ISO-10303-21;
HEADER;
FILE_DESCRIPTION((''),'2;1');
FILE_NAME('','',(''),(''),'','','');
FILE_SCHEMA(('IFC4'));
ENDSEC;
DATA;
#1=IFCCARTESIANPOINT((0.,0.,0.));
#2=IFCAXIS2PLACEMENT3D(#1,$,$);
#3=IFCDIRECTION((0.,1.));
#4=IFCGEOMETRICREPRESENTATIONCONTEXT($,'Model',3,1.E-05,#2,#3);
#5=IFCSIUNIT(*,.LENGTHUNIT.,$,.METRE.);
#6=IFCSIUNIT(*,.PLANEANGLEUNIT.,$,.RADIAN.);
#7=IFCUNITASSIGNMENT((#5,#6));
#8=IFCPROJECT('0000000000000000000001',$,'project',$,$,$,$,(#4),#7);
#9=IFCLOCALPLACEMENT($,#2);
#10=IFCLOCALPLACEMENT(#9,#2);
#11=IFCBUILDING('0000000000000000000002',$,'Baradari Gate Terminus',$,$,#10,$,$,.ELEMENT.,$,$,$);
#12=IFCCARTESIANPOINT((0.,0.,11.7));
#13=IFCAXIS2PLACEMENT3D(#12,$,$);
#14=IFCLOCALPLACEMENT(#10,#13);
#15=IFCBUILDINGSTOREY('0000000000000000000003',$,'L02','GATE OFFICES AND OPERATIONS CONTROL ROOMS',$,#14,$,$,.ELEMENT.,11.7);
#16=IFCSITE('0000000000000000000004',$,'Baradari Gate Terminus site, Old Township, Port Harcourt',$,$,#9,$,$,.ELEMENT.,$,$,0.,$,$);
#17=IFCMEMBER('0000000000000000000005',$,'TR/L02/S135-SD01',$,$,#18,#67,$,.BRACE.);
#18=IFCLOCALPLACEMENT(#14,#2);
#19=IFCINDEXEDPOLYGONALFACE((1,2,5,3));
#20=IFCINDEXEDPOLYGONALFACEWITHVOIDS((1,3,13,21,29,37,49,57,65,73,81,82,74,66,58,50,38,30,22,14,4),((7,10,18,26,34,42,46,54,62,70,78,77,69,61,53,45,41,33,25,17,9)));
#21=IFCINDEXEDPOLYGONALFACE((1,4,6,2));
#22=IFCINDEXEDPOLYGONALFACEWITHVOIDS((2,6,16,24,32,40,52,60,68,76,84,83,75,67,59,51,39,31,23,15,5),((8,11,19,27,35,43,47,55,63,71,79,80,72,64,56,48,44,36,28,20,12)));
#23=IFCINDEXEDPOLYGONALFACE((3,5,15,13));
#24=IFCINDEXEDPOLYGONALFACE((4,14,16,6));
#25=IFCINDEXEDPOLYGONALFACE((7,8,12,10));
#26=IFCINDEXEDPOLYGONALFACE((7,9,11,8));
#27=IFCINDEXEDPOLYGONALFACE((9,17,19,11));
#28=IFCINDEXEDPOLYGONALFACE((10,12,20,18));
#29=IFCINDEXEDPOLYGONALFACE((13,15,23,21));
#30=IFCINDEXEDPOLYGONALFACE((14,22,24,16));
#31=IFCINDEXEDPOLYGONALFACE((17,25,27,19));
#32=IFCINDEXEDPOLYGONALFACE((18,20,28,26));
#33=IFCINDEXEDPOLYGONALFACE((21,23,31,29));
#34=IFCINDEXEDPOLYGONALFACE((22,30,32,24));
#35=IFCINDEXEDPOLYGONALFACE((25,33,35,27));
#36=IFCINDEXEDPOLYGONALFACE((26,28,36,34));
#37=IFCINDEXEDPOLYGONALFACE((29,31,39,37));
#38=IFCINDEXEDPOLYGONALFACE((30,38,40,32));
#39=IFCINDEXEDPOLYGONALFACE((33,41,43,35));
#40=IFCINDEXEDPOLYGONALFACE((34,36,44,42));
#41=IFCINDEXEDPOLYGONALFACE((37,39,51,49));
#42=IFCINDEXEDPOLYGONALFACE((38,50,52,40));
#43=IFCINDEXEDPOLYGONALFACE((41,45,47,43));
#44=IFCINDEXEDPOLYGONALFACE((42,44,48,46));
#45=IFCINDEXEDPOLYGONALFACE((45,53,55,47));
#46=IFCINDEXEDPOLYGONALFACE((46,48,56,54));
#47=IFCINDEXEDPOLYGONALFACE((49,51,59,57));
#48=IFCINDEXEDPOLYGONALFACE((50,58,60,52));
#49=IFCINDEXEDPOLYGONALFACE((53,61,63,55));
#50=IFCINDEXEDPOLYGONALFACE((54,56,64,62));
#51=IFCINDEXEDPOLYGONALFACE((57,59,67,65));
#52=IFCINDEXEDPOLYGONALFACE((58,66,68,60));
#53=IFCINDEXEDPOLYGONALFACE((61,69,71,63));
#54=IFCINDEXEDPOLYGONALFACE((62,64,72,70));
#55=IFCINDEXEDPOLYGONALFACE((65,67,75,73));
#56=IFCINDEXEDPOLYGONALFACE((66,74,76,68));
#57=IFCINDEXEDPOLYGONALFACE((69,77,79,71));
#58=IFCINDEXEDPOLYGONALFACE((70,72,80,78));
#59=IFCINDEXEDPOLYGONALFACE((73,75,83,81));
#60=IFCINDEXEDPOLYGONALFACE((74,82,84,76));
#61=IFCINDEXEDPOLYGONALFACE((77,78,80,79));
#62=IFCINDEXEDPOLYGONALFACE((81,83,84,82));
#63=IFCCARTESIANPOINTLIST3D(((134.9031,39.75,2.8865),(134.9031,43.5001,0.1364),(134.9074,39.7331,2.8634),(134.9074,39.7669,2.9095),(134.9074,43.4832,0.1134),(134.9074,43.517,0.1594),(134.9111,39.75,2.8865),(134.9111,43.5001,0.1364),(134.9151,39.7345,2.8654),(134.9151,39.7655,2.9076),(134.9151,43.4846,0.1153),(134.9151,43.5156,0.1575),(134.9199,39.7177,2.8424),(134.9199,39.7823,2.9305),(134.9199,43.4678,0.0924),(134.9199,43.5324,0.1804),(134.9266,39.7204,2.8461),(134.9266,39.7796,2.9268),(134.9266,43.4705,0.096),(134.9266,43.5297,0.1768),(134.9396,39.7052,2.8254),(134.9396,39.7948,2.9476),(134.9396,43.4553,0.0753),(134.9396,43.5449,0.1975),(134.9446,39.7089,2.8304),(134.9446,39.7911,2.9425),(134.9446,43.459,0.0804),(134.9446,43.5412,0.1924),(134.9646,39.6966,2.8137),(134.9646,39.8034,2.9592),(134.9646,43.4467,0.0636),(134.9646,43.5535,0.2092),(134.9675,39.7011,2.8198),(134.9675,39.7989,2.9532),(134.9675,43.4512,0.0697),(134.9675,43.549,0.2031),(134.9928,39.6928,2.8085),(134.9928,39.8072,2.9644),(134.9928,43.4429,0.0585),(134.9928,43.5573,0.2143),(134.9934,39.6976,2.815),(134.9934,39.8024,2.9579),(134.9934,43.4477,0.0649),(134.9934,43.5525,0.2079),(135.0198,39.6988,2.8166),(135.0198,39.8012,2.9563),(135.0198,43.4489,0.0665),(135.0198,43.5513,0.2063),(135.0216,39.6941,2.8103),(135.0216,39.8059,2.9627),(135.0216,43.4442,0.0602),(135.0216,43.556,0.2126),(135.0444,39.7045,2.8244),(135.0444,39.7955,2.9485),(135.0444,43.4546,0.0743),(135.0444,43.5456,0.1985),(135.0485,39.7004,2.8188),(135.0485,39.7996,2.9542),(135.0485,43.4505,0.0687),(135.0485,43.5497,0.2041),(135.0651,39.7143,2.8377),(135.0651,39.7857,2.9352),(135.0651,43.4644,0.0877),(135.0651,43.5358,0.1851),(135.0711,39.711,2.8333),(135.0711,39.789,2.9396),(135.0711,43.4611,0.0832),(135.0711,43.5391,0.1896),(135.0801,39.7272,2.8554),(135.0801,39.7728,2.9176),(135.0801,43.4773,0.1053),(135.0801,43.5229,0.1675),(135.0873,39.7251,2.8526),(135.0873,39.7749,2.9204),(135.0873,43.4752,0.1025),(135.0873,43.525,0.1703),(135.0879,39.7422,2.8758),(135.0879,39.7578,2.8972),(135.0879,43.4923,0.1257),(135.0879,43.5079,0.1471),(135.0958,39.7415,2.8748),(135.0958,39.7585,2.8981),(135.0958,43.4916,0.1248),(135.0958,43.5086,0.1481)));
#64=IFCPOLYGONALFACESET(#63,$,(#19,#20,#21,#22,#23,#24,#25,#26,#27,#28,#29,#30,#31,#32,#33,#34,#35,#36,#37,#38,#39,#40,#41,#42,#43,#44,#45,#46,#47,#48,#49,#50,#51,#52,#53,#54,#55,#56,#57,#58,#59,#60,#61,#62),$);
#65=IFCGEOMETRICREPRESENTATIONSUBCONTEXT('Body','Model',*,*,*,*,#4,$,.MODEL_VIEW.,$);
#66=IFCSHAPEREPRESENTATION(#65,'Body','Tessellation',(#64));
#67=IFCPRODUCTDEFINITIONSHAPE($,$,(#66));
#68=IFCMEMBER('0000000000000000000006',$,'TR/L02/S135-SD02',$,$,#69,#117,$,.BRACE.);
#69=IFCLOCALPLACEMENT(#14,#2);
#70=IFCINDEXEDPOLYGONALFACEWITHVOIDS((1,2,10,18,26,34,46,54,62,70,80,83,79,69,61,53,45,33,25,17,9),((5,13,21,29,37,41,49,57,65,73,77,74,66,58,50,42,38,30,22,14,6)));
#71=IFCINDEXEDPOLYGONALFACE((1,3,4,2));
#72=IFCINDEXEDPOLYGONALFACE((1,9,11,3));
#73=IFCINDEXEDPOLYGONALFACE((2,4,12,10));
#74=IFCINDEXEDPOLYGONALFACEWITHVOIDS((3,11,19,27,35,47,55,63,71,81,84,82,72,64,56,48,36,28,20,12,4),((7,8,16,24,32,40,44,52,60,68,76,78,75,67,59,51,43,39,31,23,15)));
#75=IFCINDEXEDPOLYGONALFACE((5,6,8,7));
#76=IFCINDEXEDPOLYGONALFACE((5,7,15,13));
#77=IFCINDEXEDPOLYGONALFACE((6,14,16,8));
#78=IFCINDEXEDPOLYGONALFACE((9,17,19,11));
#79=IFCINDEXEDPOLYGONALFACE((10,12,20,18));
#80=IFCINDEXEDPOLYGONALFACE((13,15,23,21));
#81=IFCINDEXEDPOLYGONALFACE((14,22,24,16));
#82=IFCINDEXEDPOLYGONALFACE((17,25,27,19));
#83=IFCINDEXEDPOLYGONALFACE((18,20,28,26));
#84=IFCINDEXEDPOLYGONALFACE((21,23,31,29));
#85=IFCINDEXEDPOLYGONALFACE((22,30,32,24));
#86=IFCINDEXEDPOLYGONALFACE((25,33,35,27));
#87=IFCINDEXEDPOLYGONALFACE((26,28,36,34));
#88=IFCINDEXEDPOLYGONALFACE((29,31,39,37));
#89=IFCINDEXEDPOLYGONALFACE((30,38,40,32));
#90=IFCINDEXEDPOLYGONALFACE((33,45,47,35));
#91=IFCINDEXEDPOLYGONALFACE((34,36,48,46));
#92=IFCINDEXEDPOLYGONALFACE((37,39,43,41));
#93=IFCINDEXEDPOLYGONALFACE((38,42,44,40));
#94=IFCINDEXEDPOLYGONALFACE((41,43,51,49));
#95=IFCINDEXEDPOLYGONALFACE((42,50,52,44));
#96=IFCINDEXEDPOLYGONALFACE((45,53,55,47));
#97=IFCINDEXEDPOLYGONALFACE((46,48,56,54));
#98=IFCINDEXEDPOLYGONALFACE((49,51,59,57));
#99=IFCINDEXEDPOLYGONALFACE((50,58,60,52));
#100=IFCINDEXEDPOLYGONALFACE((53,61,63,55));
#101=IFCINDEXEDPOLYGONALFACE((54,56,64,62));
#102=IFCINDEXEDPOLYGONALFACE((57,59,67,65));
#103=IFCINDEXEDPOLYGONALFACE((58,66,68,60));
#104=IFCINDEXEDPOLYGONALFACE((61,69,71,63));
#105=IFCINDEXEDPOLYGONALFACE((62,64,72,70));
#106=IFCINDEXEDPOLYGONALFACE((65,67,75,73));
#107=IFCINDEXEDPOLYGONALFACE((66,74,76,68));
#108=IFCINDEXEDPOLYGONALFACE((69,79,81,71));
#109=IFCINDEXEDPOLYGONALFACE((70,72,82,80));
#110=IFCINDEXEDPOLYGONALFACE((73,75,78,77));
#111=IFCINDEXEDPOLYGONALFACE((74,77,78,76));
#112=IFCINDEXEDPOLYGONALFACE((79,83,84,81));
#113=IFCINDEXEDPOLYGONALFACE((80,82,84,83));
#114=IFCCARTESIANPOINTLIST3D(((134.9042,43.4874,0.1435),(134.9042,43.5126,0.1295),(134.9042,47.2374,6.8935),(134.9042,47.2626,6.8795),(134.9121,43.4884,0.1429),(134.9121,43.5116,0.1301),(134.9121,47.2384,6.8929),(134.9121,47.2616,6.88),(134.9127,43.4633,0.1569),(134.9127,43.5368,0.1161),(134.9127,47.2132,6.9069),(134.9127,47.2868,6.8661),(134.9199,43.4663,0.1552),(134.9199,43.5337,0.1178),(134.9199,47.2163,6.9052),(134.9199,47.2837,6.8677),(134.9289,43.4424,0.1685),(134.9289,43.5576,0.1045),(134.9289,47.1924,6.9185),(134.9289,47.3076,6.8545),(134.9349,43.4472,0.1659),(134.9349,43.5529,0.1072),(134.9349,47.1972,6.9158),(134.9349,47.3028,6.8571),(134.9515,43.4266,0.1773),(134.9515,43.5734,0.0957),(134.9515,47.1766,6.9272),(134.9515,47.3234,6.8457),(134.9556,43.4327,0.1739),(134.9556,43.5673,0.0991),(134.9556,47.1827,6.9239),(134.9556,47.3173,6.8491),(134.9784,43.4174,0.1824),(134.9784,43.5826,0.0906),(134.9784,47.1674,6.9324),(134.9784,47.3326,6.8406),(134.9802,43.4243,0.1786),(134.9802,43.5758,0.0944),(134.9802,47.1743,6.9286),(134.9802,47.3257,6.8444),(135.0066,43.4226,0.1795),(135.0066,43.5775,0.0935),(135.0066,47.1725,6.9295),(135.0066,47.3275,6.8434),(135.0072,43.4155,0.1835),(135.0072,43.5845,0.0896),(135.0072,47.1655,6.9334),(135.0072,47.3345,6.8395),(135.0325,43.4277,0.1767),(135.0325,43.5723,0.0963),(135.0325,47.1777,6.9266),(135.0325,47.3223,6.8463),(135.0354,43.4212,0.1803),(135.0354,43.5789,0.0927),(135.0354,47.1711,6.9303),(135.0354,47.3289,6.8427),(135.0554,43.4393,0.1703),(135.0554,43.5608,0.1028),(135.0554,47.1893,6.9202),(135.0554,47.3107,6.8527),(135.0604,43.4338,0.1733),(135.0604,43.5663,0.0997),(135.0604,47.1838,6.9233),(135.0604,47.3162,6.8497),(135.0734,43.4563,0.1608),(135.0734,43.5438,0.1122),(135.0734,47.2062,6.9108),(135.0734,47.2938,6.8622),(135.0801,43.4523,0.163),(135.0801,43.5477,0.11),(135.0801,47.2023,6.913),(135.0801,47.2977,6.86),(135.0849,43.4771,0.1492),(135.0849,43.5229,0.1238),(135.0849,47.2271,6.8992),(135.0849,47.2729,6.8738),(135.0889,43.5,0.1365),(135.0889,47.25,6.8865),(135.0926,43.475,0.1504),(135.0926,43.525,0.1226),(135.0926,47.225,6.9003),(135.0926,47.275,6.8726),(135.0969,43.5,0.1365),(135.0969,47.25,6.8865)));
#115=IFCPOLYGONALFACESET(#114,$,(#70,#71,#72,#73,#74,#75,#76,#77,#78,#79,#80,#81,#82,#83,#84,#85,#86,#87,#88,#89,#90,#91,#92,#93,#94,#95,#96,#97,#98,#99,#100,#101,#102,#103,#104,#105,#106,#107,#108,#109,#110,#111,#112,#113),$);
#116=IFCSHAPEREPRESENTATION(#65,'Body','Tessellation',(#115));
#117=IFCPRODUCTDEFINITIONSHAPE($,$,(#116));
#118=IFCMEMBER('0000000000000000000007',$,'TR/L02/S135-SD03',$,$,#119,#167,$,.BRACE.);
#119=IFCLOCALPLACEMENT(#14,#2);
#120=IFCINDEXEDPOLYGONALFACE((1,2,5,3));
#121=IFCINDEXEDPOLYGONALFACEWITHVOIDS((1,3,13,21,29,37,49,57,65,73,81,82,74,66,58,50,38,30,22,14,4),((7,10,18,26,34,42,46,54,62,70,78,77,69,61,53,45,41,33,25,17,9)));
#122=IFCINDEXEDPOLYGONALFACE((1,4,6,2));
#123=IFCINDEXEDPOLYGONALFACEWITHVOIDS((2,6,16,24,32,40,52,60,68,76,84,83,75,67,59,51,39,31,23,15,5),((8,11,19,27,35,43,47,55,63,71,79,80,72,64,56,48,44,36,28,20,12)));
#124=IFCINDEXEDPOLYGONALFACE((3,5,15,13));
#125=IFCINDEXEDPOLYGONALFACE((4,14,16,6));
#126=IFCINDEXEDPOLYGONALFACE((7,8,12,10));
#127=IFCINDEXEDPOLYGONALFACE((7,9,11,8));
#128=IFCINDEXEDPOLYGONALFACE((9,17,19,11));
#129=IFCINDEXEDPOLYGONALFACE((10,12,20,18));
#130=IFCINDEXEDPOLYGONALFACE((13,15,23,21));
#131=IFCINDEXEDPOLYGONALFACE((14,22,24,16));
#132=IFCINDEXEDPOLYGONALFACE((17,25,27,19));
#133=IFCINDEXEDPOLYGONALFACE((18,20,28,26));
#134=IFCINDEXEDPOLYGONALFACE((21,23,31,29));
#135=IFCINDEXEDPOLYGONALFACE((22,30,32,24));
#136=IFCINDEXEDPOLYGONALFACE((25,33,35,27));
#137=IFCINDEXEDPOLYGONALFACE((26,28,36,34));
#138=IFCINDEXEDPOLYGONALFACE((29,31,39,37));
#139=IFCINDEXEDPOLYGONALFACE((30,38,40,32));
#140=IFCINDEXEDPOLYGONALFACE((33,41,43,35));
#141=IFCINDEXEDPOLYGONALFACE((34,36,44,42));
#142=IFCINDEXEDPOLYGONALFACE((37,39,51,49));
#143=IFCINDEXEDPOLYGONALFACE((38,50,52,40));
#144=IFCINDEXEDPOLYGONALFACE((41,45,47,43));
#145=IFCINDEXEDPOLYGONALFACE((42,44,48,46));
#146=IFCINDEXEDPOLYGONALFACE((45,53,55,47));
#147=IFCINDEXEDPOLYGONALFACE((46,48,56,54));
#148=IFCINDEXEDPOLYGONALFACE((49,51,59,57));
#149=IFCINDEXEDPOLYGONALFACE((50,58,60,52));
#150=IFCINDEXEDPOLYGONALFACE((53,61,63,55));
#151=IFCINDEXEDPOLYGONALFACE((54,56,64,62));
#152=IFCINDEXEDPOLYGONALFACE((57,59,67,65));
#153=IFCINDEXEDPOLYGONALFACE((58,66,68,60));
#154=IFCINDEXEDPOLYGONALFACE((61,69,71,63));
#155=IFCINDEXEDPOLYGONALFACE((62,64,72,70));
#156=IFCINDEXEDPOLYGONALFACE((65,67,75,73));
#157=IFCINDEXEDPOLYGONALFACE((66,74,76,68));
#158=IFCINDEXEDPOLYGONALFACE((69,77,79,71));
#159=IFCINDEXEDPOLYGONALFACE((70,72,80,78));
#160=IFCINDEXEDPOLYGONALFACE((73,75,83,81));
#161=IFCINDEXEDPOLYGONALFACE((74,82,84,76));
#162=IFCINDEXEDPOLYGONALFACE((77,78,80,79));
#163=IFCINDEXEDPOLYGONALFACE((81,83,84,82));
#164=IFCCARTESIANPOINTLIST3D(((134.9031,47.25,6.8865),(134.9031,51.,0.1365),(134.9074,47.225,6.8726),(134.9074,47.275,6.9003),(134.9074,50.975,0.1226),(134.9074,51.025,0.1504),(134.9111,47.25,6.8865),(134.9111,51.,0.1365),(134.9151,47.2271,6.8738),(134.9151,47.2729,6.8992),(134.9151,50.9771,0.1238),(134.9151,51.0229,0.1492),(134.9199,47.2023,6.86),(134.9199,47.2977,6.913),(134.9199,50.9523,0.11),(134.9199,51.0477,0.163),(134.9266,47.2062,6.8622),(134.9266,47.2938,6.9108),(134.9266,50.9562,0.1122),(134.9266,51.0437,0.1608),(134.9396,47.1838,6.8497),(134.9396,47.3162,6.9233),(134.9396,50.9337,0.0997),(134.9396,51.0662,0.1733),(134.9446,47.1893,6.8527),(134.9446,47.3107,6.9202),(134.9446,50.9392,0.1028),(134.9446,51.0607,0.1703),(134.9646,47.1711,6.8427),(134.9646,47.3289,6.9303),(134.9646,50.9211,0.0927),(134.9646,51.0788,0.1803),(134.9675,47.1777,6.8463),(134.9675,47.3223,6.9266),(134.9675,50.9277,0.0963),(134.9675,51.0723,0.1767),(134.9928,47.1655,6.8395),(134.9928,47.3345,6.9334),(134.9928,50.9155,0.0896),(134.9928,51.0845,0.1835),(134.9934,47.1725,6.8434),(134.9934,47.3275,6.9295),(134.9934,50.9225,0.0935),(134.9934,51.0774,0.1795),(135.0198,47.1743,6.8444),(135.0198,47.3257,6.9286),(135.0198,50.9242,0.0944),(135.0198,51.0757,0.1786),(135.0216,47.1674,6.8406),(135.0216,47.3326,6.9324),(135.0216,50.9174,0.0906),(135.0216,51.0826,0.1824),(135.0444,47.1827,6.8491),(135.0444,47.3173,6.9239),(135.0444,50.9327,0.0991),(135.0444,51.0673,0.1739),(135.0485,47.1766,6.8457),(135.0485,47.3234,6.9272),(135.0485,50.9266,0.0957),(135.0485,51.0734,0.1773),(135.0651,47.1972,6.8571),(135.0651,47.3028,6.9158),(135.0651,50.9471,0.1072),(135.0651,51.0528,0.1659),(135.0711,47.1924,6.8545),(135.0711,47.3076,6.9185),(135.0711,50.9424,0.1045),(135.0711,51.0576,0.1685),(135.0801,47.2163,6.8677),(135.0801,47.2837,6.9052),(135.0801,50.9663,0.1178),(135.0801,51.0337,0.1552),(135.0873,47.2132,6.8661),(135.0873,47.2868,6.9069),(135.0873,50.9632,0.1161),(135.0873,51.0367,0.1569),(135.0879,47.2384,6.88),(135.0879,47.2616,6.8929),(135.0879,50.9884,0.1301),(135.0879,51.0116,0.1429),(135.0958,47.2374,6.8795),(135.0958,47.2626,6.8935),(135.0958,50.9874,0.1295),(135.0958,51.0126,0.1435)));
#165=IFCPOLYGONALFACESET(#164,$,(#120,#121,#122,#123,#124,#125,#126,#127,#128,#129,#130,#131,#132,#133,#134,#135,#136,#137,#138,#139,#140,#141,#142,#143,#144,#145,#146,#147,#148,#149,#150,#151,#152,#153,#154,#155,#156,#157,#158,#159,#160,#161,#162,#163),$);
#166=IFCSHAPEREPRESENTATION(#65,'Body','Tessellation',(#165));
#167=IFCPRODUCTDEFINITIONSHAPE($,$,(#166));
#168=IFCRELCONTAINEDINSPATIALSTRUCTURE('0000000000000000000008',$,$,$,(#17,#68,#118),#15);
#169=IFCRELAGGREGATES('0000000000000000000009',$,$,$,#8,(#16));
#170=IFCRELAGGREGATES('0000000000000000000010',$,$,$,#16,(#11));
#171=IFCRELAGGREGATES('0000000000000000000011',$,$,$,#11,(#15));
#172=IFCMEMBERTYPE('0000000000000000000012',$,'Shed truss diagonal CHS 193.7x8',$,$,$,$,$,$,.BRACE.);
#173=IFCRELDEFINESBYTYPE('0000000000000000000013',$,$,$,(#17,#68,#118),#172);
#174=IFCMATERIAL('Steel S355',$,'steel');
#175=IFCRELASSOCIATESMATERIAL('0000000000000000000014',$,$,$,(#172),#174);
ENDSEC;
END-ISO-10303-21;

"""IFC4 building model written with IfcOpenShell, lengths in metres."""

from ifc_helpers import new_model, si_unit, direction, frame, origin, origin_2d, place, context, subcontext, project, spatial, hollow_circle, extrude, material, material_profile, profile_set, type_object, element, save


model = new_model("IFC4")

# Units and contexts
model_context = context("Model", 3, precision=1e-05, world=origin(), true_north=direction((0.0, 1.0)))
body_context = subcontext(model_context, "Body", "Model", "MODEL_VIEW")
ifc_project = project(units=[si_unit("LENGTHUNIT", "METRE"), si_unit("PLANEANGLEUNIT", "RADIAN")], contexts=[model_context])

# Site, building, storey
site_placement = place(None, origin())
site = spatial("IfcSite", under=ifc_project, at=site_placement, Name="Baradari Gate Terminus site, Old Township, Port Harcourt", CompositionType="ELEMENT", RefElevation=0.0)
building_placement = place(site_placement, origin())
building = spatial("IfcBuilding", under=site, at=building_placement, Name="Baradari Gate Terminus", CompositionType="ELEMENT")
storey_placement = place(building_placement, frame((0.0, 0.0, 11.7)))
storey = spatial("IfcBuildingStorey", under=building, at=storey_placement, Name="L02", Description="GATE OFFICES AND OPERATIONS CONTROL ROOMS", CompositionType="ELEMENT", Elevation=11.7)

# Members
ifc_material_1 = material(Name="Steel S355", Category="steel")
ifc_material_profile_1 = material_profile(ifc_material_1, hollow_circle(Radius=0.0969, WallThickness=0.0081, at=origin_2d()), Name="CHS 193.7x8")
ifc_profile_set_1 = profile_set([ifc_material_profile_1], Name="Steel S355")
member_type_1 = type_object("IfcMemberType", Name="Shed truss diagonal CHS 193.7x8", PredefinedType="BRACE", material=ifc_profile_set_1)
member_1_placement = place(storey_placement, frame((135.0, 39.75, 2.8865), z_axis=(0.0, 0.806405, -0.591364), x_axis=(-1.0, 0.0, 0.0)))
element("IfcMember", 1, at=member_1_placement, inside=storey, type_object=member_type_1, Name="TR/L02/S135-SD01", PredefinedType="BRACE", context=body_context, shape_type="SweptSolid", body=[
    extrude(hollow_circle(Radius=0.0969, WallThickness=0.0081, at=origin_2d()), origin(), (0.0, 0.0, 1.0), 4.6504),
])
for number, where, z_axis, x_axis, name in (
    (2, (135.0, 47.25, 6.8865), (0.0, -0.485643, -0.874157), (1.0, 0.0, 0.0), "TR/L02/S135-SD02"),
    (3, (135.0, 47.25, 6.8865), (0.0, 0.485643, -0.874157), (-1.0, 0.0, 0.0), "TR/L02/S135-SD03"),
):
    element("IfcMember", number, at=place(storey_placement, frame(where, z_axis=z_axis, x_axis=x_axis)), inside=storey, type_object=member_type_1, Name=name, PredefinedType="BRACE", context=body_context, shape_type="SweptSolid", body=[
        extrude(hollow_circle(Radius=0.0969, WallThickness=0.0081, at=origin_2d()), origin(), (0.0, 0.0, 1.0), 7.7217),
    ])

save(model, "model.ifc")
